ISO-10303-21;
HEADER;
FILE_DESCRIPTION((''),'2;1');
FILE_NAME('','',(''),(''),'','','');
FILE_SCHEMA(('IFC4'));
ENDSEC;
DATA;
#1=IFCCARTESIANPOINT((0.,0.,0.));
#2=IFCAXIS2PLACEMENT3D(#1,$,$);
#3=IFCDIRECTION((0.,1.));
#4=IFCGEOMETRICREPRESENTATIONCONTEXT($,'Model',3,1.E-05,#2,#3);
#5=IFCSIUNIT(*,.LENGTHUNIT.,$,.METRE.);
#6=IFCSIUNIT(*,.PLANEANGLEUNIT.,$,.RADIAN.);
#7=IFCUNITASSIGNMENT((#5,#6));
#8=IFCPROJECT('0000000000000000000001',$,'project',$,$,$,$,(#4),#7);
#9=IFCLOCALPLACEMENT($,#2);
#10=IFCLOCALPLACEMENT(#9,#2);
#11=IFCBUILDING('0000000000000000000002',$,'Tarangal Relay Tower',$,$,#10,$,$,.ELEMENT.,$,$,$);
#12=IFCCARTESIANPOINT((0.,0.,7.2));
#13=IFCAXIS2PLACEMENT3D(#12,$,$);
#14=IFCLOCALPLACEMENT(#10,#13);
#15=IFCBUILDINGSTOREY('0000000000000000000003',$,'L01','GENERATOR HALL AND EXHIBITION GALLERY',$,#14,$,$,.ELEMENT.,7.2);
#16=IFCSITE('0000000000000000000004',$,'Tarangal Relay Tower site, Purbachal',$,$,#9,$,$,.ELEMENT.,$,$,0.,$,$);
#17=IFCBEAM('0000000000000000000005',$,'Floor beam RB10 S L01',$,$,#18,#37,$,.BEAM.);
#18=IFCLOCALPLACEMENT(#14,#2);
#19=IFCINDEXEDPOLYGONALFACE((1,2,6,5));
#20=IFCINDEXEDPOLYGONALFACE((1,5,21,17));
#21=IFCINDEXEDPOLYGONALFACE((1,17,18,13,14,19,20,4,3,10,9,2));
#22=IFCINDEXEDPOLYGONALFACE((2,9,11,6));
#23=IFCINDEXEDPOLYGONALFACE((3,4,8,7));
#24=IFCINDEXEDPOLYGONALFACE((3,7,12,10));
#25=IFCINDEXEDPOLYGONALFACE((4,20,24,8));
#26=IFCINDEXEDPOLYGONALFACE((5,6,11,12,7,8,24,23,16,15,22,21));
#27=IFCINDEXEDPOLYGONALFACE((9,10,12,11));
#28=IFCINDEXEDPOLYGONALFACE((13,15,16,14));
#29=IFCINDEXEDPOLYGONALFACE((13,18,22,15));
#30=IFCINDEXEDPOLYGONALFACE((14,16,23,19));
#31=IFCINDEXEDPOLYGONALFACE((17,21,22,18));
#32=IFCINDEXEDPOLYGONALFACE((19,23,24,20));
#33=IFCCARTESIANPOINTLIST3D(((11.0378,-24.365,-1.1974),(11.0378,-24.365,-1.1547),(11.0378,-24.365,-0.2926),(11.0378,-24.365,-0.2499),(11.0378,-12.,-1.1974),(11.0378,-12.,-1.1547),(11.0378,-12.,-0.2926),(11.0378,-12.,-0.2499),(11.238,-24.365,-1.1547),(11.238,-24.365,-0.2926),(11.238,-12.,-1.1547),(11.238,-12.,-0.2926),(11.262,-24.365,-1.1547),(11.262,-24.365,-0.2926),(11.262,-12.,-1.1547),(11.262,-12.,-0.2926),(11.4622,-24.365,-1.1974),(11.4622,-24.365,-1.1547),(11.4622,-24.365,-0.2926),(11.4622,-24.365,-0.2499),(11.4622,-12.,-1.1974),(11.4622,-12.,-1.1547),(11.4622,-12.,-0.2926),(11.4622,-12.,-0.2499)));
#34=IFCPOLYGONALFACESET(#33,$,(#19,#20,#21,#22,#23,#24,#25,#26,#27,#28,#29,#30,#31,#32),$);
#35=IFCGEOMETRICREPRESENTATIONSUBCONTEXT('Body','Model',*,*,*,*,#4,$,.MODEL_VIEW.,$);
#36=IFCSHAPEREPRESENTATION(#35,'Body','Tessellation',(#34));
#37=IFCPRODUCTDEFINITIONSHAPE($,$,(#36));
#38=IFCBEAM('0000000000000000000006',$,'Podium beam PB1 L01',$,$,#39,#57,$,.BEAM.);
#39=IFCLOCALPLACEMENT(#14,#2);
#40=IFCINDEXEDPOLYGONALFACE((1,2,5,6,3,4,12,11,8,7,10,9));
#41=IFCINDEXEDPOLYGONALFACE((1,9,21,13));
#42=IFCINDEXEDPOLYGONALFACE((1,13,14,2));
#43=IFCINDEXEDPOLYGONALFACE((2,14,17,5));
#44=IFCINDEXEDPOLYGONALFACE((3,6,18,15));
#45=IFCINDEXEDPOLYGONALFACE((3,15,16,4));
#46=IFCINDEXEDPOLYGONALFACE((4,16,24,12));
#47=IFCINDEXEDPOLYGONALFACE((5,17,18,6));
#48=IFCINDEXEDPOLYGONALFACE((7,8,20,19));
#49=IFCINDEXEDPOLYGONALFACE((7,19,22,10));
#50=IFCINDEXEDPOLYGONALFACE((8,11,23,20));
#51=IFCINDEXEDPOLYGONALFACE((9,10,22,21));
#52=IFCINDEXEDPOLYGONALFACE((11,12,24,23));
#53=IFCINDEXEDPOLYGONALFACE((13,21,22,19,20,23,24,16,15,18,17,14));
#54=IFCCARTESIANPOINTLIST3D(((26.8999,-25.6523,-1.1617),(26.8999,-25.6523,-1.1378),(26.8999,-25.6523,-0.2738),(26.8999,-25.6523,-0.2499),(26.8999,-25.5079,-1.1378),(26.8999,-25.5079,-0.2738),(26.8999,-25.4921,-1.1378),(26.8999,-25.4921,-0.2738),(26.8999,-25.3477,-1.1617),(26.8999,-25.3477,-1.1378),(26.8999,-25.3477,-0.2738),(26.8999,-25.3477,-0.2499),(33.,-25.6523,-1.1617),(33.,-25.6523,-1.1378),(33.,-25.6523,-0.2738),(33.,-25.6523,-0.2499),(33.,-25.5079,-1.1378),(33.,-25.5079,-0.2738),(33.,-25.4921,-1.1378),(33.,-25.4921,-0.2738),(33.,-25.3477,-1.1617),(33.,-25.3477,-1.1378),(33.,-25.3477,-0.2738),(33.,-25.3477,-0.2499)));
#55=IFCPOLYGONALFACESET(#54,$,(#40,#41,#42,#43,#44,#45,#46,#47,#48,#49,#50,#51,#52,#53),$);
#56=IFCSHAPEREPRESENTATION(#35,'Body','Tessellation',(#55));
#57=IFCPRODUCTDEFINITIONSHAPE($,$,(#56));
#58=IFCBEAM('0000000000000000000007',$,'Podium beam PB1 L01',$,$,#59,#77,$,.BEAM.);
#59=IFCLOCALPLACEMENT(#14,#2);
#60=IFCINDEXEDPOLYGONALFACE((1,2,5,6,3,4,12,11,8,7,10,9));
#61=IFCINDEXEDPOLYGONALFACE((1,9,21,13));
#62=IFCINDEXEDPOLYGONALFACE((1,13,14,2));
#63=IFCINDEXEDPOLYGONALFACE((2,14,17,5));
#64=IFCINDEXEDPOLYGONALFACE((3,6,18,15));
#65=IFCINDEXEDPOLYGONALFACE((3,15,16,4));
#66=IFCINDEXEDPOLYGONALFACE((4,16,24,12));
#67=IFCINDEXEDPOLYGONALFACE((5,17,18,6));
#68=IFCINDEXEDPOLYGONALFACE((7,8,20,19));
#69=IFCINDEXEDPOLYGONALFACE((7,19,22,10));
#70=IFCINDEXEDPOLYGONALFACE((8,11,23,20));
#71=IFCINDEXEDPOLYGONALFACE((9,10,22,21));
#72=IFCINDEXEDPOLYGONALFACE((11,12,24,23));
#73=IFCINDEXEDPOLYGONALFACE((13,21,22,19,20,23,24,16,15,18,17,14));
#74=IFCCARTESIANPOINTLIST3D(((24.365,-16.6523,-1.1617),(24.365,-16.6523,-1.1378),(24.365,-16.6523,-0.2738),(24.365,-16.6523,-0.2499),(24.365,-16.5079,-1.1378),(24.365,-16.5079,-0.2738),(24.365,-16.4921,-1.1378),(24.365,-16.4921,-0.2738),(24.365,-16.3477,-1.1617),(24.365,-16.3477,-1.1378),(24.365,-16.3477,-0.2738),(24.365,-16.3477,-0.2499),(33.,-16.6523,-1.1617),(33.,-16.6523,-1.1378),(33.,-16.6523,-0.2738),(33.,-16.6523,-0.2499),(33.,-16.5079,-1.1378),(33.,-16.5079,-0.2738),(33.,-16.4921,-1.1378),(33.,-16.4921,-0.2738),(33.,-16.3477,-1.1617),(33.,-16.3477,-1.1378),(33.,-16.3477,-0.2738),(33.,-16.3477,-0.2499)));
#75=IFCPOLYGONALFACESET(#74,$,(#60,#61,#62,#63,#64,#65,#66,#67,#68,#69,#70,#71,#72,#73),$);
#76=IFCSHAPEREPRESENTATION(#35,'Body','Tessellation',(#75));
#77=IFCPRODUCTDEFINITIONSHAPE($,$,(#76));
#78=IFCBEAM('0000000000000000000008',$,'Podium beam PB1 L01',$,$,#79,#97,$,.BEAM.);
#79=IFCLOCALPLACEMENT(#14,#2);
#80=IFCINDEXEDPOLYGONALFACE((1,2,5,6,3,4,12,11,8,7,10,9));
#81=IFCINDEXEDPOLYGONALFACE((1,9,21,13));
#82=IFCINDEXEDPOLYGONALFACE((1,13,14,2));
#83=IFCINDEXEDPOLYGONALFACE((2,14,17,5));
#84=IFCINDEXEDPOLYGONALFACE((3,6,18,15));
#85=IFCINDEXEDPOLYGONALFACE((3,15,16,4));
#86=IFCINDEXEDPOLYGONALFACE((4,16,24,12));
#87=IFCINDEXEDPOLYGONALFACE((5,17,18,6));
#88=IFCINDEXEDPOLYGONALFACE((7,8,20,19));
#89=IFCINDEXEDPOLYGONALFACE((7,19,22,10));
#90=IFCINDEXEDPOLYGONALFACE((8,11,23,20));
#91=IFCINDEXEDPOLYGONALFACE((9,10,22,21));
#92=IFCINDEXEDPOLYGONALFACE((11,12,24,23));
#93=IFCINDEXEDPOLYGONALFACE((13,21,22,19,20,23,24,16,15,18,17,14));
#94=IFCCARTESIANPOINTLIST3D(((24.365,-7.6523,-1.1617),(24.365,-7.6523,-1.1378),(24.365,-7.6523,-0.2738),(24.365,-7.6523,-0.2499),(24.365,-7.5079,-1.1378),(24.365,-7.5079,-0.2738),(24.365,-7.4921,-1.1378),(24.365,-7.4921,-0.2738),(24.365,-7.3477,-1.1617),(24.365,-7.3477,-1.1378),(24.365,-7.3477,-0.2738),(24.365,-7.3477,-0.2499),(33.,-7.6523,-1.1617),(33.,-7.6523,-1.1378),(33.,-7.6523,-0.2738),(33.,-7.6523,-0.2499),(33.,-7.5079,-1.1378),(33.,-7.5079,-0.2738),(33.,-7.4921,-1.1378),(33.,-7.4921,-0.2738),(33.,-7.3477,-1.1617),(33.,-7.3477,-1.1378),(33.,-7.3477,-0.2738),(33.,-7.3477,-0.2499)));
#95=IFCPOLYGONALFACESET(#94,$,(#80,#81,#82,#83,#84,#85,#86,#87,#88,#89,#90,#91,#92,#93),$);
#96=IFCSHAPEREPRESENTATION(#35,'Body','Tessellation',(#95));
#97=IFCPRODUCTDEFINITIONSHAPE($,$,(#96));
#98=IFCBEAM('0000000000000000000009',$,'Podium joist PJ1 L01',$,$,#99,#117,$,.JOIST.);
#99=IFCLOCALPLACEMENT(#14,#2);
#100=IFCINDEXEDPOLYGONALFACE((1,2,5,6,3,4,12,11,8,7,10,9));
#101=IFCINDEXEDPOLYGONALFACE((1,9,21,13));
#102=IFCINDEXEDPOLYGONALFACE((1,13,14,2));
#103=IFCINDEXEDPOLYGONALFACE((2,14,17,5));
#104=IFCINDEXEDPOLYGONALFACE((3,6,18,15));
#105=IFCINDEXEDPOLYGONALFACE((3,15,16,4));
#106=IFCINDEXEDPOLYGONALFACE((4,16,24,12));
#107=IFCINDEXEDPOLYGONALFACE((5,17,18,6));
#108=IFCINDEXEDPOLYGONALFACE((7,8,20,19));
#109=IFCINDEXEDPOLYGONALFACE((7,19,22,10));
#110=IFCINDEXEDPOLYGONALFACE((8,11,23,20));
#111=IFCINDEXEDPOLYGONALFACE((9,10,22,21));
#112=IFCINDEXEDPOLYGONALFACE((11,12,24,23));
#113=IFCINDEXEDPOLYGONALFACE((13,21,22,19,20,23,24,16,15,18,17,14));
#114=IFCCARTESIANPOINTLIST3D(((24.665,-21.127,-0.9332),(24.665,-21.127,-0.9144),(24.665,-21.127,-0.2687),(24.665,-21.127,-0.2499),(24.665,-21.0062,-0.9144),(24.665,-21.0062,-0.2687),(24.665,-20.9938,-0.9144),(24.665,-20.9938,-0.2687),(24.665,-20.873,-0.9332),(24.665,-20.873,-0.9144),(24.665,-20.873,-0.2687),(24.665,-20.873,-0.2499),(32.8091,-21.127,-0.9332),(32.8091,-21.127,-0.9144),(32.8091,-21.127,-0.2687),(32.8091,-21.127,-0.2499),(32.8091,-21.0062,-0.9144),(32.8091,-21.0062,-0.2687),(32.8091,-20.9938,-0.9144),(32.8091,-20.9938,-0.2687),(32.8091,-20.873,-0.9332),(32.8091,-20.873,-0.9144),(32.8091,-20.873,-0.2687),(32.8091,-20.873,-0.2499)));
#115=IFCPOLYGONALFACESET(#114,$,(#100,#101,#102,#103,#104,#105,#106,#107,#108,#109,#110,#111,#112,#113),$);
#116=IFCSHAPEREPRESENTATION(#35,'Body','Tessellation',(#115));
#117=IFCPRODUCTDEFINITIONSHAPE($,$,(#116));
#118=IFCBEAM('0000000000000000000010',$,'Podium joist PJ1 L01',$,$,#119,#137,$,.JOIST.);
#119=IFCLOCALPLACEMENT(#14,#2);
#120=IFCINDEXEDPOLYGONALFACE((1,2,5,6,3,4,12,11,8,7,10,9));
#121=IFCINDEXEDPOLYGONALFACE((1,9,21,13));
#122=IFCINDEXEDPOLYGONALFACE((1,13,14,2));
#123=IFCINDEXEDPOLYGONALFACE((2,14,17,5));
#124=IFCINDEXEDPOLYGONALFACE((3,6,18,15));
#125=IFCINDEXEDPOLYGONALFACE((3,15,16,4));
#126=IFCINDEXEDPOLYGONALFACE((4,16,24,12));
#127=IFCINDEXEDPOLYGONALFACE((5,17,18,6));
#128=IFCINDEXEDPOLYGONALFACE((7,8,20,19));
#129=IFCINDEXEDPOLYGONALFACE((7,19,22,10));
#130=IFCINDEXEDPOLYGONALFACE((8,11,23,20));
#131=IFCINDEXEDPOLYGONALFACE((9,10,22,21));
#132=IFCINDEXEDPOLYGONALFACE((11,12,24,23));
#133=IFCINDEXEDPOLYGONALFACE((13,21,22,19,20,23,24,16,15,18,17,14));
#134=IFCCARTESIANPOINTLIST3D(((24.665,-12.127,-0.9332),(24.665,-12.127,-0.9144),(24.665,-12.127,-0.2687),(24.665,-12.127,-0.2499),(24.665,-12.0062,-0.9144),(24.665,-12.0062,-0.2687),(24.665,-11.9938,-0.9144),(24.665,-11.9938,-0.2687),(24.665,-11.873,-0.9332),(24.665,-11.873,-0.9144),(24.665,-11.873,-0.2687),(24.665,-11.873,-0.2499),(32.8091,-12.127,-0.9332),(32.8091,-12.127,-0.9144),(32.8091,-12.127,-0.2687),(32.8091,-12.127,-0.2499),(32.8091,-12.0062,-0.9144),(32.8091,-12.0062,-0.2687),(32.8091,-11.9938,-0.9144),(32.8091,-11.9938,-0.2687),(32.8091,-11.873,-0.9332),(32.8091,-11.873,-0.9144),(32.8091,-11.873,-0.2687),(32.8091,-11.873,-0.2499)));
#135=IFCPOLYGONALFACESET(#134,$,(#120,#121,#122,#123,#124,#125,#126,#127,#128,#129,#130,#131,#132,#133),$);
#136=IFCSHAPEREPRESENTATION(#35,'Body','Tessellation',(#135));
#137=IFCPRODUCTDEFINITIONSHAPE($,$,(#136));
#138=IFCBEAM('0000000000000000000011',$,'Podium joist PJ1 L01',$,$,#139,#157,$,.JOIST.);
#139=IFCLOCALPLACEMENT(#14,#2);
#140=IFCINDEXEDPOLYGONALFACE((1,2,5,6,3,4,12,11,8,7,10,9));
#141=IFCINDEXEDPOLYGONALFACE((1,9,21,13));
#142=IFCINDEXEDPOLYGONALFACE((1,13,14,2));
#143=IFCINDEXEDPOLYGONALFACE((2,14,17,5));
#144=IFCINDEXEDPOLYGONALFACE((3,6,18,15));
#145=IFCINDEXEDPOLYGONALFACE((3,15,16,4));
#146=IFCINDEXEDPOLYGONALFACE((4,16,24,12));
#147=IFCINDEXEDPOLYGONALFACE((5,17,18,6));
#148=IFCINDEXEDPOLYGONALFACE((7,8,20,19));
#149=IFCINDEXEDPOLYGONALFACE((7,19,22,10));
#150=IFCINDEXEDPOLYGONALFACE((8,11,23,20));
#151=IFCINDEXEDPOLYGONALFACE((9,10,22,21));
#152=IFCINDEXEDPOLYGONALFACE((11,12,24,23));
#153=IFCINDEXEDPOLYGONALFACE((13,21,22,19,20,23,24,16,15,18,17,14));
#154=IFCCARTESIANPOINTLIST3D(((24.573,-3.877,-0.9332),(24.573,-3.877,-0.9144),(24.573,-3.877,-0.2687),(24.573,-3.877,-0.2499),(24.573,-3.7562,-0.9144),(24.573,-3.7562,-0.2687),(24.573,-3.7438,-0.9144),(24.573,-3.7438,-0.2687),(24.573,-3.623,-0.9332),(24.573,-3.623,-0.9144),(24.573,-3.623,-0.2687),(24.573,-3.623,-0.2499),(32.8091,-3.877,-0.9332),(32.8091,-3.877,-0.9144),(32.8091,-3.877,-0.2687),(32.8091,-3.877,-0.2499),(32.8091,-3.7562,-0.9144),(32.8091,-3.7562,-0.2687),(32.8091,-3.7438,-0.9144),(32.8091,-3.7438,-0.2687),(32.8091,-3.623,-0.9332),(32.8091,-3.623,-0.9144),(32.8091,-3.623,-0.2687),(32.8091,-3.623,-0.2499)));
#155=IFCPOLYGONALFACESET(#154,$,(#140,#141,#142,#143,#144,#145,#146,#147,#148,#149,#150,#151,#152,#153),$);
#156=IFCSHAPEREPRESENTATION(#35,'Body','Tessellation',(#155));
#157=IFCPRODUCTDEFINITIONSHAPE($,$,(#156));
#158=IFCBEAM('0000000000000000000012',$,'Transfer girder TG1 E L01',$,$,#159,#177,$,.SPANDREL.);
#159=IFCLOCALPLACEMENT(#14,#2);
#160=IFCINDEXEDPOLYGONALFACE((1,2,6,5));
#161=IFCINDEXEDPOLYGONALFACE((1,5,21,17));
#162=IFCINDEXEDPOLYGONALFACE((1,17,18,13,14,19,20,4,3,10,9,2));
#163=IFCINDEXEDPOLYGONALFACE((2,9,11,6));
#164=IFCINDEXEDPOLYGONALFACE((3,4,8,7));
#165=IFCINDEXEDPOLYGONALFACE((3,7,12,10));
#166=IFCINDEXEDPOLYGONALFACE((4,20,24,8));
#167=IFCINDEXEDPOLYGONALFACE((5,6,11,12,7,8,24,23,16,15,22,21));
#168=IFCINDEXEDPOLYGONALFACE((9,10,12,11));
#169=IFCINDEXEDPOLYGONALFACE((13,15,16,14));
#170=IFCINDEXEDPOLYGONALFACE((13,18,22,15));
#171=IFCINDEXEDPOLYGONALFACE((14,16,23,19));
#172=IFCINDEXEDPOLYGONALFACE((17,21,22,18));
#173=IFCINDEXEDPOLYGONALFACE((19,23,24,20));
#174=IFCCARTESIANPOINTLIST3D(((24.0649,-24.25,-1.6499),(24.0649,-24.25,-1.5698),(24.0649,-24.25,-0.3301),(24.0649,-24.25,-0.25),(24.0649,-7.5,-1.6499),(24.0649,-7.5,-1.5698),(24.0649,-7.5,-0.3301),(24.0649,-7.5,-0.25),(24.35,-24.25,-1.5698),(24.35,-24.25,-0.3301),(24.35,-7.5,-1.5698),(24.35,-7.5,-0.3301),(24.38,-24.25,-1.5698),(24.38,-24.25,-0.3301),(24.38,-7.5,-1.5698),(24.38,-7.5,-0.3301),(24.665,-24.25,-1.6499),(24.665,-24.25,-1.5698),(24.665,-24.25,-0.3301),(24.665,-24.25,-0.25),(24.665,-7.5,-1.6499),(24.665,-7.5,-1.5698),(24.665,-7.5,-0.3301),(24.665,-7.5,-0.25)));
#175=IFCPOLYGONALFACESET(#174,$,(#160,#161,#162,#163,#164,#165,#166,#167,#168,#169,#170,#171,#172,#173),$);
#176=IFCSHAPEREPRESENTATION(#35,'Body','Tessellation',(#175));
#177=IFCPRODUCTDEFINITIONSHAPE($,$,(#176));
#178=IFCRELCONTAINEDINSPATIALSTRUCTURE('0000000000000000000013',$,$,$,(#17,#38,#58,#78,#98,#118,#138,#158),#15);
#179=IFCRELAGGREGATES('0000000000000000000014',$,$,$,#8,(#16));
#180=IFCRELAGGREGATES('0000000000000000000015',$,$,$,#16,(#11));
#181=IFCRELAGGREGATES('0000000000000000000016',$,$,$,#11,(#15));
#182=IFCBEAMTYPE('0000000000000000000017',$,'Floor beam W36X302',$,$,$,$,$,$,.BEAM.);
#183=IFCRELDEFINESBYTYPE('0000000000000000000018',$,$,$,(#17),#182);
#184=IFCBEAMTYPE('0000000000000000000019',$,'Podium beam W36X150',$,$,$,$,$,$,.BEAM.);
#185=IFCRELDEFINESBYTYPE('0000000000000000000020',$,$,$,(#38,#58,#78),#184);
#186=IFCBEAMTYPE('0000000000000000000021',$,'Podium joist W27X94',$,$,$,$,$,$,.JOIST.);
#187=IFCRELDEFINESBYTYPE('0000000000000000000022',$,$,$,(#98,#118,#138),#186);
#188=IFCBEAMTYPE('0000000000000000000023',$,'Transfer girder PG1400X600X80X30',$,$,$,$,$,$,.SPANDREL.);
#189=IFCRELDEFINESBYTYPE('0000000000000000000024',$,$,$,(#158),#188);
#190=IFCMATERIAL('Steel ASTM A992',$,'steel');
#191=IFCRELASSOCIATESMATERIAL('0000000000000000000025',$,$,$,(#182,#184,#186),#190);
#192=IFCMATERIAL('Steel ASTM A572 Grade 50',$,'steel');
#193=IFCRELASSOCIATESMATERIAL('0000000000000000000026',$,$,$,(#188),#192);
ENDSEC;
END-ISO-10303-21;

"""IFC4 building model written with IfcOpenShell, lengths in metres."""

from ifc_helpers import new_model, si_unit, direction, frame, origin, origin_2d, place, context, subcontext, project, spatial, i_section, extrude, material, material_profile, profile_set, type_object, element, save


model = new_model("IFC4")

# Units and contexts
model_context = context("Model", 3, precision=1e-05, world=origin(), true_north=direction((0.0, 1.0)))
body_context = subcontext(model_context, "Body", "Model", "MODEL_VIEW")
ifc_project = project(units=[si_unit("LENGTHUNIT", "METRE"), si_unit("PLANEANGLEUNIT", "RADIAN")], contexts=[model_context])

# Site, building, storey
site_placement = place(None, origin())
site = spatial("IfcSite", under=ifc_project, at=site_placement, Name="Tarangal Relay Tower site, Purbachal", CompositionType="ELEMENT", RefElevation=0.0)
building_placement = place(site_placement, origin())
building = spatial("IfcBuilding", under=site, at=building_placement, Name="Tarangal Relay Tower", CompositionType="ELEMENT")
storey_placement = place(building_placement, frame((0.0, 0.0, 7.2)))
storey = spatial("IfcBuildingStorey", under=building, at=storey_placement, Name="L01", Description="GENERATOR HALL AND EXHIBITION GALLERY", CompositionType="ELEMENT", Elevation=7.2)

# Shared definitions
ifc_material_1 = material(Name="Steel ASTM A572 Grade 50", Category="steel")

# Beams
ifc_material_2 = material(Name="Steel ASTM A992", Category="steel")
ifc_material_profile_1 = material_profile(ifc_material_2, i_section(OverallWidth=0.4243, OverallDepth=0.9475, WebThickness=0.0239, FlangeThickness=0.0427, at=origin_2d()), Name="W36X302")
ifc_profile_set_1 = profile_set([ifc_material_profile_1], Name="Steel ASTM A992")
beam_type_1 = type_object("IfcBeamType", Name="Floor beam W36X302", PredefinedType="BEAM", material=ifc_profile_set_1)
for number, where, z_axis, x_axis, name in (
    (1, (11.25, -12.0, -0.7236), (0.0, -1.0, 0.0), (1.0, 0.0, 0.0), "Floor beam RB10 S L01"),
):
    element("IfcBeam", number, at=place(storey_placement, frame(where, z_axis=z_axis, x_axis=x_axis)), inside=storey, type_object=beam_type_1, Name=name, PredefinedType="BEAM", context=body_context, shape_type="SweptSolid", body=[
        extrude(i_section(OverallWidth=0.4243, OverallDepth=0.9475, WebThickness=0.0239, FlangeThickness=0.0427, at=origin_2d()), origin(), (0.0, 0.0, 1.0), 12.365),
    ])
ifc_material_profile_2 = material_profile(ifc_material_2, i_section(OverallWidth=0.3047, OverallDepth=0.9119, WebThickness=0.0159, FlangeThickness=0.0239, at=origin_2d()), Name="W36X150")
ifc_profile_set_2 = profile_set([ifc_material_profile_2], Name="Steel ASTM A992")
beam_type_2 = type_object("IfcBeamType", Name="Podium beam W36X150", PredefinedType="BEAM", material=ifc_profile_set_2)
beam_1_placement = place(storey_placement, frame((26.8999, -25.5, -0.7058), z_axis=(1.0, 0.0, 0.0), x_axis=(0.0, 1.0, 0.0)))
element("IfcBeam", 2, at=beam_1_placement, inside=storey, type_object=beam_type_2, Name="Podium beam PB1 L01", PredefinedType="BEAM", context=body_context, shape_type="SweptSolid", body=[
    extrude(i_section(OverallWidth=0.3047, OverallDepth=0.9119, WebThickness=0.0159, FlangeThickness=0.0239, at=origin_2d()), origin(), (0.0, 0.0, 1.0), 6.1001),
])
for number, where, z_axis, x_axis, name in (
    (3, (24.365, -16.5, -0.7058), (1.0, 0.0, 0.0), (0.0, 1.0, 0.0), "Podium beam PB1 L01"),
    (4, (24.365, -7.5, -0.7058), (1.0, 0.0, 0.0), (0.0, 1.0, 0.0), "Podium beam PB1 L01"),
):
    element("IfcBeam", number, at=place(storey_placement, frame(where, z_axis=z_axis, x_axis=x_axis)), inside=storey, type_object=beam_type_2, Name=name, PredefinedType="BEAM", context=body_context, shape_type="SweptSolid", body=[
        extrude(i_section(OverallWidth=0.3047, OverallDepth=0.9119, WebThickness=0.0159, FlangeThickness=0.0239, at=origin_2d()), origin(), (0.0, 0.0, 1.0), 8.635),
    ])
ifc_material_profile_3 = material_profile(ifc_material_2, i_section(OverallWidth=0.2539, OverallDepth=0.6833, WebThickness=0.0125, FlangeThickness=0.0188, at=origin_2d()), Name="W27X94")
ifc_profile_set_3 = profile_set([ifc_material_profile_3], Name="Steel ASTM A992")
beam_type_3 = type_object("IfcBeamType", Name="Podium joist W27X94", PredefinedType="JOIST", material=ifc_profile_set_3)
for number, where, z_axis, x_axis, name in (
    (5, (24.665, -21.0, -0.5916), (1.0, 0.0, 0.0), (0.0, 1.0, 0.0), "Podium joist PJ1 L01"),
    (6, (24.665, -12.0, -0.5916), (1.0, 0.0, 0.0), (0.0, 1.0, 0.0), "Podium joist PJ1 L01"),
):
    element("IfcBeam", number, at=place(storey_placement, frame(where, z_axis=z_axis, x_axis=x_axis)), inside=storey, type_object=beam_type_3, Name=name, PredefinedType="JOIST", context=body_context, shape_type="SweptSolid", body=[
        extrude(i_section(OverallWidth=0.2539, OverallDepth=0.6833, WebThickness=0.0125, FlangeThickness=0.0188, at=origin_2d()), origin(), (0.0, 0.0, 1.0), 8.144),
    ])
beam_2_placement = place(storey_placement, frame((24.573, -3.75, -0.5916), z_axis=(1.0, 0.0, 0.0), x_axis=(0.0, 1.0, 0.0)))
element("IfcBeam", 7, at=beam_2_placement, inside=storey, type_object=beam_type_3, Name="Podium joist PJ1 L01", PredefinedType="JOIST", context=body_context, shape_type="SweptSolid", body=[
    extrude(i_section(OverallWidth=0.2539, OverallDepth=0.6833, WebThickness=0.0125, FlangeThickness=0.0188, at=origin_2d()), origin(), (0.0, 0.0, 1.0), 8.2361),
])
ifc_material_profile_4 = material_profile(ifc_material_1, i_section(OverallWidth=0.6001, OverallDepth=1.3999, WebThickness=0.03, FlangeThickness=0.0801, at=origin_2d()), Name="PG1400X600X80X30")
ifc_profile_set_4 = profile_set([ifc_material_profile_4], Name="Steel ASTM A572 Grade 50")
beam_type_4 = type_object("IfcBeamType", Name="Transfer girder PG1400X600X80X30", PredefinedType="SPANDREL", material=ifc_profile_set_4)
beam_3_placement = place(storey_placement, frame((24.365, -7.5, -0.95), z_axis=(0.0, -1.0, 0.0), x_axis=(1.0, 0.0, 0.0)))
element("IfcBeam", 8, at=beam_3_placement, inside=storey, type_object=beam_type_4, Name="Transfer girder TG1 E L01", PredefinedType="SPANDREL", context=body_context, shape_type="SweptSolid", body=[
    extrude(i_section(OverallWidth=0.6001, OverallDepth=1.3999, WebThickness=0.03, FlangeThickness=0.0801, at=origin_2d()), origin(), (0.0, 0.0, 1.0), 16.75),
])

save(model, "model.ifc")
